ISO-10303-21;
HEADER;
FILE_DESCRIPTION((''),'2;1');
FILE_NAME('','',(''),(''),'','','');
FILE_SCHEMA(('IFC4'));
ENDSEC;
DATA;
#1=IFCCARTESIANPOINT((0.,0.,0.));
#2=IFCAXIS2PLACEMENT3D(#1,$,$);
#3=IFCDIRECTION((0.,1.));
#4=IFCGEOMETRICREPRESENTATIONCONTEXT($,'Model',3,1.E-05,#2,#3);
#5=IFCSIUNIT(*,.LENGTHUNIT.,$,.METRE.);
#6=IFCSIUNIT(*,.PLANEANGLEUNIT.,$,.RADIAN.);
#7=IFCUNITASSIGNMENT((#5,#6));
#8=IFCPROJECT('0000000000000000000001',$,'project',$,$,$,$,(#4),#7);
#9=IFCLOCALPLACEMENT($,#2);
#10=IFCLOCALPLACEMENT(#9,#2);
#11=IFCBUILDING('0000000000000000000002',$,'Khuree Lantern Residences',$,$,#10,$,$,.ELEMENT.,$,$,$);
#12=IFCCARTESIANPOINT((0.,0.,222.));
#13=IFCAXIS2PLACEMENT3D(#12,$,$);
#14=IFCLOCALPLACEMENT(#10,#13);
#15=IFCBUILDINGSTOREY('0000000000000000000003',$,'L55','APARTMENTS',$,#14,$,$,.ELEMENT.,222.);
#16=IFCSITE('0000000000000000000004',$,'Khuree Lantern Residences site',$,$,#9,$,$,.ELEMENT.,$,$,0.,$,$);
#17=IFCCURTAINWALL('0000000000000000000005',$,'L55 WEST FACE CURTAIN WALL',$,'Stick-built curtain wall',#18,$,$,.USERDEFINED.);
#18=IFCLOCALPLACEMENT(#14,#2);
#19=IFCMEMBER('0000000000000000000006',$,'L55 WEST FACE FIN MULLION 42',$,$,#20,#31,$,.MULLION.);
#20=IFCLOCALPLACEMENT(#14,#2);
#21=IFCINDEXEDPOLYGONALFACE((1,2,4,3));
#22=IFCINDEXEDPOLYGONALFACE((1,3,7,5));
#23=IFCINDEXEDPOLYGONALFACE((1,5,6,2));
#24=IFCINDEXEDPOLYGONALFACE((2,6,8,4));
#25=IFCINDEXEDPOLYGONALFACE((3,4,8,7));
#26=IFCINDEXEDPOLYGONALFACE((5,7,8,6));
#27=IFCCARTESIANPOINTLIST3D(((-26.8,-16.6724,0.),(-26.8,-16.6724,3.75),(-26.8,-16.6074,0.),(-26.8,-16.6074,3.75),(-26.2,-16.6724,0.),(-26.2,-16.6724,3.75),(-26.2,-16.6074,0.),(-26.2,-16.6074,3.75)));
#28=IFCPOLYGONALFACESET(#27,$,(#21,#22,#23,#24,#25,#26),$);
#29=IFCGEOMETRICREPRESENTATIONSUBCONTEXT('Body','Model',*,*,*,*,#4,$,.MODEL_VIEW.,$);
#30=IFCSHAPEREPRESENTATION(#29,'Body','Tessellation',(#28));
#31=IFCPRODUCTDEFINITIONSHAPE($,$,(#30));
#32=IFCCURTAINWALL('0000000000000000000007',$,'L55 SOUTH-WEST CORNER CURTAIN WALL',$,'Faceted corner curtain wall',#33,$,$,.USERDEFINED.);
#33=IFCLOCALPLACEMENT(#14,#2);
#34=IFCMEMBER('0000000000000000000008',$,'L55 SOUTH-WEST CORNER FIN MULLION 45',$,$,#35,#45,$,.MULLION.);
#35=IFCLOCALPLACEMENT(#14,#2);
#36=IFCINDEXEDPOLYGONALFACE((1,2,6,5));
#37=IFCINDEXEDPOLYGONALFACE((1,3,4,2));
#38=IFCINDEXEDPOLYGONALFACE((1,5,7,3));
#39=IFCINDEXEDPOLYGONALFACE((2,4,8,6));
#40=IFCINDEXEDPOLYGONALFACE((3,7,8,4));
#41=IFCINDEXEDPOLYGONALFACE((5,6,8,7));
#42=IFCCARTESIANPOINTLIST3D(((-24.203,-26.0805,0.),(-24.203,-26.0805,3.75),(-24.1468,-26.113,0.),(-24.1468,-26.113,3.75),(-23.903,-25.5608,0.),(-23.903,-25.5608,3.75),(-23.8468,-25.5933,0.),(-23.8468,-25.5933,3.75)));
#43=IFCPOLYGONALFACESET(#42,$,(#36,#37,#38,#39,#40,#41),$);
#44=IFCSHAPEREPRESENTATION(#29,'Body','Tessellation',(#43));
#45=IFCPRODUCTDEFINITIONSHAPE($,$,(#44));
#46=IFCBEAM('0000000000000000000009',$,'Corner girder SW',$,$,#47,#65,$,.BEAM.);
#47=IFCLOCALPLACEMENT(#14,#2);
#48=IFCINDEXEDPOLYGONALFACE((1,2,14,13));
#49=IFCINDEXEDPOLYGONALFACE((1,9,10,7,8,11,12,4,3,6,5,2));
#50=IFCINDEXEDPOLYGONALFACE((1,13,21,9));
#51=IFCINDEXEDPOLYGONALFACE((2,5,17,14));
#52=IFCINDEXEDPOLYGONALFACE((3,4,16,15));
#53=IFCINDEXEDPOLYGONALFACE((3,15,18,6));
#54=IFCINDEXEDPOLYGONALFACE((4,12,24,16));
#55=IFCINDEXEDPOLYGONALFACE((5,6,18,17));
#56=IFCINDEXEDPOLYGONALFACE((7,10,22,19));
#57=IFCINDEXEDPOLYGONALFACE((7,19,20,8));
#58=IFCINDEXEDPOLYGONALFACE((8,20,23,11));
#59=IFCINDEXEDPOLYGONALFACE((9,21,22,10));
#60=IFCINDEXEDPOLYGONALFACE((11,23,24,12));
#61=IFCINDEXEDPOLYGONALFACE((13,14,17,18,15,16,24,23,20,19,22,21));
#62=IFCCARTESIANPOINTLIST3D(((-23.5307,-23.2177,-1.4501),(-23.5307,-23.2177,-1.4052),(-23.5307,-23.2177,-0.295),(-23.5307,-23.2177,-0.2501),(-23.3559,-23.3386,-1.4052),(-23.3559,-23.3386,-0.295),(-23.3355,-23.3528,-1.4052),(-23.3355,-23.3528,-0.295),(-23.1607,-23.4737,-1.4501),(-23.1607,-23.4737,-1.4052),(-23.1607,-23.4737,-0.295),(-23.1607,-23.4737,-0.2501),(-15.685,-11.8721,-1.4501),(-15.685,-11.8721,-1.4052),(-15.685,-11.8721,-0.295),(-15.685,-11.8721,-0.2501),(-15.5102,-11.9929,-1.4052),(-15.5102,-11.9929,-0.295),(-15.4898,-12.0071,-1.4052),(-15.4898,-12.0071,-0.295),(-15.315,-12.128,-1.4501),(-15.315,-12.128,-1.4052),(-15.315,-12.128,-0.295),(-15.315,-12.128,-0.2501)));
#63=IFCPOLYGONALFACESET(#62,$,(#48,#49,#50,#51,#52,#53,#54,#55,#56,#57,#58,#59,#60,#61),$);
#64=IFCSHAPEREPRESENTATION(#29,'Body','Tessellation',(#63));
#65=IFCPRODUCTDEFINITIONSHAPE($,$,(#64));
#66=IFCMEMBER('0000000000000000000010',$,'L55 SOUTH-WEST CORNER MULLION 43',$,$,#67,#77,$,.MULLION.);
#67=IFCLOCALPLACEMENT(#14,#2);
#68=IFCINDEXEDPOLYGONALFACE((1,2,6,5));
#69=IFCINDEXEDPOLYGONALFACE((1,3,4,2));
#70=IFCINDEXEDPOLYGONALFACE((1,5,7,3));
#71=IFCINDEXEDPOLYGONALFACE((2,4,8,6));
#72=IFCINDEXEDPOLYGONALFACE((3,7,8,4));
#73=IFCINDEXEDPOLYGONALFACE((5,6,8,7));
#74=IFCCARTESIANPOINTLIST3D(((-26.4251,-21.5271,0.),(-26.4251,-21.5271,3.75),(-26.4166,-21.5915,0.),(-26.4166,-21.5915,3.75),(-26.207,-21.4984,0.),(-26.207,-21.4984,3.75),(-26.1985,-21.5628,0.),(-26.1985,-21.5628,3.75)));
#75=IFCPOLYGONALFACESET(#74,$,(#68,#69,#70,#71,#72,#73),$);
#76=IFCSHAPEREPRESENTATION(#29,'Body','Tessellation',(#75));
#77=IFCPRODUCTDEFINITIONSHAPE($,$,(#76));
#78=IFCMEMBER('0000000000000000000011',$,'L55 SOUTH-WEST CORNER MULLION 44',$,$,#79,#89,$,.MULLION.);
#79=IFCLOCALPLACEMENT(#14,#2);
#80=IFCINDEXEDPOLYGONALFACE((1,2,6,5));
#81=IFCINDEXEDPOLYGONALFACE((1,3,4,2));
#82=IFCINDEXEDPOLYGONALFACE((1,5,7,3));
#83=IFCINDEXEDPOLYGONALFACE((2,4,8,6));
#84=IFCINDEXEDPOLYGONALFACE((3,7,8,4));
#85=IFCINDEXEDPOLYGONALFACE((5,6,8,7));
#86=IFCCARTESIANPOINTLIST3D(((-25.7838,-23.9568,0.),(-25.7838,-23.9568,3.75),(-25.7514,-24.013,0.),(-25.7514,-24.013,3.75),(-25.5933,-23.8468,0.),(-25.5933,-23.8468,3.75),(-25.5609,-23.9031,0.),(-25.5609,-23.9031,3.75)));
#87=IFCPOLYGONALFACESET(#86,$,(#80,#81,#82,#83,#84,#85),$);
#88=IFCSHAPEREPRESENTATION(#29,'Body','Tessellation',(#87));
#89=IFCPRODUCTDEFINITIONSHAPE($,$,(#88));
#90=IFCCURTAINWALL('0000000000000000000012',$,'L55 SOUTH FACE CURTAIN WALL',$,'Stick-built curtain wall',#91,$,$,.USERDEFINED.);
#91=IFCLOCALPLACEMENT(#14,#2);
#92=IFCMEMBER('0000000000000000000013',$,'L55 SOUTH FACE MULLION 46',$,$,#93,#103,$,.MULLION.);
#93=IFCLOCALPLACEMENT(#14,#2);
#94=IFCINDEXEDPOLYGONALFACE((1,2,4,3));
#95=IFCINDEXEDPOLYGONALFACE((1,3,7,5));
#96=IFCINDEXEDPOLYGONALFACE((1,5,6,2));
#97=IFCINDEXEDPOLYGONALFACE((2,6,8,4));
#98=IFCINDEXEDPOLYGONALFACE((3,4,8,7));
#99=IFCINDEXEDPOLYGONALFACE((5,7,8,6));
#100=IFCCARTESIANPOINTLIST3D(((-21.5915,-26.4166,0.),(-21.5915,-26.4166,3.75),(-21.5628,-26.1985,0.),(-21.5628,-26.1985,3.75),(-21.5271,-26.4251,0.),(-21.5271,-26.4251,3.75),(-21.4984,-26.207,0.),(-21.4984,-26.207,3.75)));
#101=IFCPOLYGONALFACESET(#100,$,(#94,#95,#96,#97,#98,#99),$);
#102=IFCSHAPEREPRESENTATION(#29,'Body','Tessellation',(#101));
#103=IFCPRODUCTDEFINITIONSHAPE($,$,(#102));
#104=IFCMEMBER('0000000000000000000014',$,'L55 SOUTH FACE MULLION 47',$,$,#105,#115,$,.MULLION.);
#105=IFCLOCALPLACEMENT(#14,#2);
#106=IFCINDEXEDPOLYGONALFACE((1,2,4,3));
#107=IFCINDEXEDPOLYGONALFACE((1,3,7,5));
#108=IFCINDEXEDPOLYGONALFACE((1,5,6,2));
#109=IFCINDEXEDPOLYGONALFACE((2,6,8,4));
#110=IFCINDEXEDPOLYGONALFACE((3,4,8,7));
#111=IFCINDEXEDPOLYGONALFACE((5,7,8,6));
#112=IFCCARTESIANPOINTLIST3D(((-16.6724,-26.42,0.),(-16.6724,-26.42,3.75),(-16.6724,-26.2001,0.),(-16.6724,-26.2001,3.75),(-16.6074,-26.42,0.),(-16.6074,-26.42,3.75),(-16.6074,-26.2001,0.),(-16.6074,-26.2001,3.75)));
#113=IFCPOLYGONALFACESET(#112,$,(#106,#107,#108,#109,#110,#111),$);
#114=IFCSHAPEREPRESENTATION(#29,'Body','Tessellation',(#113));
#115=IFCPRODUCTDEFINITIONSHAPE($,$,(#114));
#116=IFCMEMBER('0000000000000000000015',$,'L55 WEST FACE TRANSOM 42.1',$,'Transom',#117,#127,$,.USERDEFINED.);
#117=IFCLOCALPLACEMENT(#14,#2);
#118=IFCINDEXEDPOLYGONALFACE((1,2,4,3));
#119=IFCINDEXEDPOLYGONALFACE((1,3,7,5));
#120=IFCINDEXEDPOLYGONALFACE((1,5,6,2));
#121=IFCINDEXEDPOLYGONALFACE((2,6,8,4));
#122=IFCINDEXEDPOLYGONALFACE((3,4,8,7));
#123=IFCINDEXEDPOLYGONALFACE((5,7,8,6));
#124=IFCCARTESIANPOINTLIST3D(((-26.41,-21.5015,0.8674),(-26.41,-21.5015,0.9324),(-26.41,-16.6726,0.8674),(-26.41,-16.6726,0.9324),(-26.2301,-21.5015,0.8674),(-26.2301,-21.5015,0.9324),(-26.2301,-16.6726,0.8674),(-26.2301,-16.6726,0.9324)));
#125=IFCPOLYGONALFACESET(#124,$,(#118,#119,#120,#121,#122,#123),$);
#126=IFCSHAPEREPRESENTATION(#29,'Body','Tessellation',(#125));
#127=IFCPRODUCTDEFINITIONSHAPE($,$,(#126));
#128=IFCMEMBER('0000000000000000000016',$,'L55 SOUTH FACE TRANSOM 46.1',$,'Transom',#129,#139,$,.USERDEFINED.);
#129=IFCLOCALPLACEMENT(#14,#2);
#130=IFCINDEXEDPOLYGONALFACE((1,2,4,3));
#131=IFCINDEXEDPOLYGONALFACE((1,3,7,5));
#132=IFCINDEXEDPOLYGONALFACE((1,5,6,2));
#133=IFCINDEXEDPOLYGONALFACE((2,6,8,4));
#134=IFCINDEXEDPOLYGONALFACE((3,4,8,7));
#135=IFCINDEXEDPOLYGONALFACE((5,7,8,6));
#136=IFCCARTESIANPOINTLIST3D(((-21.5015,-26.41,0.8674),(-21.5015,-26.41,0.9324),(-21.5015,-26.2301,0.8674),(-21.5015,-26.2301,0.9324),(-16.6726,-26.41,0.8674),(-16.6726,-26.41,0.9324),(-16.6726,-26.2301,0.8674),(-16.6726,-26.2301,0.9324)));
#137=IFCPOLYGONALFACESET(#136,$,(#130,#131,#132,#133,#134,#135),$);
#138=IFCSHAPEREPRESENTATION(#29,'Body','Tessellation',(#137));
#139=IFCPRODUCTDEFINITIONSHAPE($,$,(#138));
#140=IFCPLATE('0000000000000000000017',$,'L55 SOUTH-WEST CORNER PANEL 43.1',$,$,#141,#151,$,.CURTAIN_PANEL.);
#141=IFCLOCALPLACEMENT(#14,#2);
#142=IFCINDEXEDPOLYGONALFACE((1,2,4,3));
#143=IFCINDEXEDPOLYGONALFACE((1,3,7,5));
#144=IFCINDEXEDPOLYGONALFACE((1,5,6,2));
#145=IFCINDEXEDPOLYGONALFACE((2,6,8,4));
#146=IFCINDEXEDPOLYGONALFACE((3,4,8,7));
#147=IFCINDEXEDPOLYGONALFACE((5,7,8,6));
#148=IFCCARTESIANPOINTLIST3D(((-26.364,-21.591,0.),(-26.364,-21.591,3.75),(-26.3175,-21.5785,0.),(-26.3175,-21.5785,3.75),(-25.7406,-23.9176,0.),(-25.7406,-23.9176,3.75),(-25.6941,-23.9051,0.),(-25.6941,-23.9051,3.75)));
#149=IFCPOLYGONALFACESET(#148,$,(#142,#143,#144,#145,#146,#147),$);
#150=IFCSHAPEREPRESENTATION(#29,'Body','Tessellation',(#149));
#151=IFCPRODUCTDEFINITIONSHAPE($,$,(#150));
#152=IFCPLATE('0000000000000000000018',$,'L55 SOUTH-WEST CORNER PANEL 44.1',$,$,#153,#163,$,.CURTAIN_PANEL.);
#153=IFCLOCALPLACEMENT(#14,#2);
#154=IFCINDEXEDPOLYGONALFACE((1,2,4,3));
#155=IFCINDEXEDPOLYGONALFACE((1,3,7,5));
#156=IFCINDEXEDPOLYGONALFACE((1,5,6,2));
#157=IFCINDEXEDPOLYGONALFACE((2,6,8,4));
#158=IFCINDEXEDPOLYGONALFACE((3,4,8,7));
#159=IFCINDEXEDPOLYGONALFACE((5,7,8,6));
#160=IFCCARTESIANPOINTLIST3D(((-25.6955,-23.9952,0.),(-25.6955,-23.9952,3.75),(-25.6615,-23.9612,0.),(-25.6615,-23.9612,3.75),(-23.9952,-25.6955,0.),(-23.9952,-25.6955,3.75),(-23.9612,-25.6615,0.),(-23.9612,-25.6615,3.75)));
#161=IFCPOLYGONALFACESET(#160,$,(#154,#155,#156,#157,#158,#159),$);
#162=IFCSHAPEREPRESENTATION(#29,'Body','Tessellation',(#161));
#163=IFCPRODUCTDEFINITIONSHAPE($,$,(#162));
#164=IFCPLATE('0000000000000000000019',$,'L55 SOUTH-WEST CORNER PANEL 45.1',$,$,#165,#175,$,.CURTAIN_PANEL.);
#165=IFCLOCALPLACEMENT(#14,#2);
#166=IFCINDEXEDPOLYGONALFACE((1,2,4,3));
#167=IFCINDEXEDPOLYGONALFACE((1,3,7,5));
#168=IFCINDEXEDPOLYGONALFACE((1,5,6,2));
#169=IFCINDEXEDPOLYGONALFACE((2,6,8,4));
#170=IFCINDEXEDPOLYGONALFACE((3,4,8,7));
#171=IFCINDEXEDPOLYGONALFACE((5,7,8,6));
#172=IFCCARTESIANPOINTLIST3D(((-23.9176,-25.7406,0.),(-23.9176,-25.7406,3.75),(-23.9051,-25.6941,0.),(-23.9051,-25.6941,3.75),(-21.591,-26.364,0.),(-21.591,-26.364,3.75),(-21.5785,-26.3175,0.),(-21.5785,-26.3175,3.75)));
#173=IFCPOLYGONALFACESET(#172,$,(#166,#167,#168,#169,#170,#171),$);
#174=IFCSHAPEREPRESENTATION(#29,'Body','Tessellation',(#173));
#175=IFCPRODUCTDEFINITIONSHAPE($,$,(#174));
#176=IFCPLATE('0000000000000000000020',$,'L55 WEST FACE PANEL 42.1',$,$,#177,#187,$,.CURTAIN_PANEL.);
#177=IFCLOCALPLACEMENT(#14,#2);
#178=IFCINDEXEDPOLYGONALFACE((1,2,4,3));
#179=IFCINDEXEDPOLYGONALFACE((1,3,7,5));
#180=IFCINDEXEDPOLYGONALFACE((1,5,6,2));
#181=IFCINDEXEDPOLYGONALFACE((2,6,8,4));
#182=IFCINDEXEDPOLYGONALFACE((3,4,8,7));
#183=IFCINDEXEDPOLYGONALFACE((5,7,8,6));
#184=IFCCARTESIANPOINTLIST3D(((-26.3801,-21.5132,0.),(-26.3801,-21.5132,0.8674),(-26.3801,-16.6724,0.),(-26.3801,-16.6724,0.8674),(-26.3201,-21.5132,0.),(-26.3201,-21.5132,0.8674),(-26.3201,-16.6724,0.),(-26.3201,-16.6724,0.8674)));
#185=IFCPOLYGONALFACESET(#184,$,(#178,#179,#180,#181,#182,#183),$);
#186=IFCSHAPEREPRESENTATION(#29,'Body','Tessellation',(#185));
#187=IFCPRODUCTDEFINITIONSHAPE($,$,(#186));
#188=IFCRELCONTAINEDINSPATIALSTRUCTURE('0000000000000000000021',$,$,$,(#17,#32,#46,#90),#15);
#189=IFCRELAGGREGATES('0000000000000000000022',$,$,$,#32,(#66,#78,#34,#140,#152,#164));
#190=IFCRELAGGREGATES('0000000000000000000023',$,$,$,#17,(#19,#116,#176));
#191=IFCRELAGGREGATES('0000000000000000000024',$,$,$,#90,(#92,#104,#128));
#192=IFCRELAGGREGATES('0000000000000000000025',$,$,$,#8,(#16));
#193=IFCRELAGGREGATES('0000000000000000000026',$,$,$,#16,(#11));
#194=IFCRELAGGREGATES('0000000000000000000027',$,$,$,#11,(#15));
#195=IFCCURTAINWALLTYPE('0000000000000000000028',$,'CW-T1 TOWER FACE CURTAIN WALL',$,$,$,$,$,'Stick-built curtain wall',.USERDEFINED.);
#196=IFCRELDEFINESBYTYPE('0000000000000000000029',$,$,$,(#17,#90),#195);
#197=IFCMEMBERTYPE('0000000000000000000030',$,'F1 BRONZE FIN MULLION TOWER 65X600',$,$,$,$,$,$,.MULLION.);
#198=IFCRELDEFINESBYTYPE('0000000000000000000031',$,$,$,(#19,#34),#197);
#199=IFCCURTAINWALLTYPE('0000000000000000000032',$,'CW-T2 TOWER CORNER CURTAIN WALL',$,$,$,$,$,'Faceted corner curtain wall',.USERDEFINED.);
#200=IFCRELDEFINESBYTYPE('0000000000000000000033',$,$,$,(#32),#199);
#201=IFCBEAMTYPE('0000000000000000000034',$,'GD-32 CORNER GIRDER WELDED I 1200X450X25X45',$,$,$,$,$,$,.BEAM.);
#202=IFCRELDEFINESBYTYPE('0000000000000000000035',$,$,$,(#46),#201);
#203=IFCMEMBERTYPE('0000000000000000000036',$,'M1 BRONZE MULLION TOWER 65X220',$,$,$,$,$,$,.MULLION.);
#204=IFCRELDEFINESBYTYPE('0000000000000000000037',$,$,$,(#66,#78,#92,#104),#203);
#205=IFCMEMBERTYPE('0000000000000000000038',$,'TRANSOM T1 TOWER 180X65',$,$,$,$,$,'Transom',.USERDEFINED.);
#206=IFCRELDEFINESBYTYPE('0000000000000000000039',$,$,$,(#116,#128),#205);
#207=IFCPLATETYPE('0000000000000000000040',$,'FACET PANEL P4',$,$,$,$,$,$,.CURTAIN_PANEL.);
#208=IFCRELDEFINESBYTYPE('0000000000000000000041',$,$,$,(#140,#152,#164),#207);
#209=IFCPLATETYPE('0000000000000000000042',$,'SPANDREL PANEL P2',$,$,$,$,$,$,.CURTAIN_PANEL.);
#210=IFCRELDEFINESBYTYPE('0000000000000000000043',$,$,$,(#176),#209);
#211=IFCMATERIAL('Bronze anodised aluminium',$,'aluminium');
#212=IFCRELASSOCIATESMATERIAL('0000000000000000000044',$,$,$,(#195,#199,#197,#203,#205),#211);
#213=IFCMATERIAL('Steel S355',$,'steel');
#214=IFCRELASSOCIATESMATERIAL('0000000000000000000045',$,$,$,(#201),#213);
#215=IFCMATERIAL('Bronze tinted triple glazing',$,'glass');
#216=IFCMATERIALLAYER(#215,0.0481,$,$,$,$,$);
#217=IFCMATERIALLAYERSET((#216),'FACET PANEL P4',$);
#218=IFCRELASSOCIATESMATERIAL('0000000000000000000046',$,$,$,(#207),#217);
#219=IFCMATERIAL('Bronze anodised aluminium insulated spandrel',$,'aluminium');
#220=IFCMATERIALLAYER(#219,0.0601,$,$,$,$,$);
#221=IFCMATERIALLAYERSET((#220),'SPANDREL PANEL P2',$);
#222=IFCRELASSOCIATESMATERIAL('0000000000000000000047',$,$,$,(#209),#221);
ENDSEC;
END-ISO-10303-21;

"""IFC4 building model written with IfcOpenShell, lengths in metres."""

from ifc_helpers import new_model, si_unit, direction, frame, origin, origin_2d, place, context, subcontext, project, spatial, rectangle, i_section, extrude, material, layer, layer_set, material_profile, profile_set, type_object, element, aggregate, save


model = new_model("IFC4")

# Units and contexts
model_context = context("Model", 3, precision=1e-05, world=origin(), true_north=direction((0.0, 1.0)))
body_context = subcontext(model_context, "Body", "Model", "MODEL_VIEW")
ifc_project = project(units=[si_unit("LENGTHUNIT", "METRE"), si_unit("PLANEANGLEUNIT", "RADIAN")], contexts=[model_context])

# Site, building, storey
site_placement = place(None, origin())
site = spatial("IfcSite", under=ifc_project, at=site_placement, Name="Khuree Lantern Residences site", CompositionType="ELEMENT", RefElevation=0.0)
building_placement = place(site_placement, origin())
building = spatial("IfcBuilding", under=site, at=building_placement, Name="Khuree Lantern Residences", CompositionType="ELEMENT")
storey_placement = place(building_placement, frame((0.0, 0.0, 222.0)))
storey = spatial("IfcBuildingStorey", under=building, at=storey_placement, Name="L55", Description="APARTMENTS", CompositionType="ELEMENT", Elevation=222.0)

# Shared definitions
ifc_material_1 = material(Name="Steel S355", Category="steel")

# Curtain walls, members
ifc_material_2 = material(Name="Bronze anodised aluminium", Category="aluminium")
curtain_wall_type_1 = type_object("IfcCurtainWallType", Name="CW-T1 TOWER FACE CURTAIN WALL", ElementType="Stick-built curtain wall", PredefinedType="USERDEFINED", material=ifc_material_2)
curtain_wall_1_placement = place(storey_placement, origin())
curtain_wall_1 = element("IfcCurtainWall", 1, at=curtain_wall_1_placement, inside=storey, type_object=curtain_wall_type_1, Name="L55 WEST FACE CURTAIN WALL", ObjectType="Stick-built curtain wall", PredefinedType="USERDEFINED")
ifc_material_profile_1 = material_profile(ifc_material_2, rectangle(XDim=0.0649, YDim=0.6001, at=origin_2d()), Name="F1 65X600")
ifc_profile_set_1 = profile_set([ifc_material_profile_1], Name="Bronze anodised aluminium")
member_type_1 = type_object("IfcMemberType", Name="F1 BRONZE FIN MULLION TOWER 65X600", PredefinedType="MULLION", material=ifc_profile_set_1)
member_1_placement = place(storey_placement, frame((-26.5, -16.6399, 0.0), z_axis=(0.0, 0.0, 1.0), x_axis=(0.0, -1.0, 0.0)))
member_1 = element("IfcMember", 2, at=member_1_placement, type_object=member_type_1, Name="L55 WEST FACE FIN MULLION 42", PredefinedType="MULLION", context=body_context, shape_type="SweptSolid", body=[
    extrude(rectangle(XDim=0.0649, YDim=0.6001, at=origin_2d()), origin(), (0.0, 0.0, 1.0), 3.75),
])
curtain_wall_type_2 = type_object("IfcCurtainWallType", Name="CW-T2 TOWER CORNER CURTAIN WALL", ElementType="Faceted corner curtain wall", PredefinedType="USERDEFINED", material=ifc_material_2)
curtain_wall_2_placement = place(storey_placement, origin())
curtain_wall_2 = element("IfcCurtainWall", 3, at=curtain_wall_2_placement, inside=storey, type_object=curtain_wall_type_2, Name="L55 SOUTH-WEST CORNER CURTAIN WALL", ObjectType="Faceted corner curtain wall", PredefinedType="USERDEFINED")
member_2_placement = place(storey_placement, frame((-24.0249, -25.8369, 0.0), z_axis=(0.0, 0.0, 1.0), x_axis=(0.866025, -0.5, 0.0)))
member_2 = element("IfcMember", 4, at=member_2_placement, type_object=member_type_1, Name="L55 SOUTH-WEST CORNER FIN MULLION 45", PredefinedType="MULLION", context=body_context, shape_type="SweptSolid", body=[
    extrude(rectangle(XDim=0.0649, YDim=0.6001, at=origin_2d()), origin(), (0.0, 0.0, 1.0), 3.75),
])

# Beam
ifc_material_profile_2 = material_profile(ifc_material_1, i_section(OverallWidth=0.45, OverallDepth=1.2, WebThickness=0.0249, FlangeThickness=0.0449, at=origin_2d()), Name="WELDED I 1200X450X25X45")
ifc_profile_set_2 = profile_set([ifc_material_profile_2], Name="Steel S355")
beam_type_1 = type_object("IfcBeamType", Name="GD-32 CORNER GIRDER WELDED I 1200X450X25X45", PredefinedType="BEAM", material=ifc_profile_set_2)
beam_1_placement = place(storey_placement, frame((-23.3457, -23.3457, -0.8501), z_axis=(0.568768, 0.822498, 0.0), x_axis=(-0.822498, 0.568768, 0.0)))
element("IfcBeam", 5, at=beam_1_placement, inside=storey, type_object=beam_type_1, Name="Corner girder SW", PredefinedType="BEAM", context=body_context, shape_type="SweptSolid", body=[
    extrude(i_section(OverallWidth=0.45, OverallDepth=1.2, WebThickness=0.0249, FlangeThickness=0.0449, at=origin_2d()), origin(), (0.0, 0.0, 1.0), 13.7942),
])

# Members
ifc_material_profile_3 = material_profile(ifc_material_2, rectangle(XDim=0.0649, YDim=0.22, at=origin_2d()), Name="M1 65X220")
ifc_profile_set_3 = profile_set([ifc_material_profile_3], Name="Bronze anodised aluminium")
member_type_2 = type_object("IfcMemberType", Name="M1 BRONZE MULLION TOWER 65X220", PredefinedType="MULLION", material=ifc_profile_set_3)
member_3_placement = place(storey_placement, frame((-26.3118, -21.5449, 0.0), z_axis=(0.0, 0.0, 1.0), x_axis=(0.130526, -0.991445, 0.0)))
member_3 = element("IfcMember", 6, at=member_3_placement, type_object=member_type_2, Name="L55 SOUTH-WEST CORNER MULLION 43", PredefinedType="MULLION", context=body_context, shape_type="SweptSolid", body=[
    extrude(rectangle(XDim=0.0649, YDim=0.22, at=origin_2d()), origin(), (0.0, 0.0, 1.0), 3.75),
])
member_4_placement = place(storey_placement, frame((-25.6724, -23.9299, 0.0), z_axis=(0.0, 0.0, 1.0), x_axis=(0.5, -0.866025, 0.0)))
member_4 = element("IfcMember", 7, at=member_4_placement, type_object=member_type_2, Name="L55 SOUTH-WEST CORNER MULLION 44", PredefinedType="MULLION", context=body_context, shape_type="SweptSolid", body=[
    extrude(rectangle(XDim=0.0649, YDim=0.22, at=origin_2d()), origin(), (0.0, 0.0, 1.0), 3.75),
])

# Curtain wall, members
curtain_wall_3_placement = place(storey_placement, origin())
curtain_wall_3 = element("IfcCurtainWall", 8, at=curtain_wall_3_placement, inside=storey, type_object=curtain_wall_type_1, Name="L55 SOUTH FACE CURTAIN WALL", ObjectType="Stick-built curtain wall", PredefinedType="USERDEFINED")
member_5_placement = place(storey_placement, frame((-21.5449, -26.3118, 0.0), z_axis=(0.0, 0.0, 1.0), x_axis=(0.991445, -0.130526, 0.0)))
member_5 = element("IfcMember", 9, at=member_5_placement, type_object=member_type_2, Name="L55 SOUTH FACE MULLION 46", PredefinedType="MULLION", context=body_context, shape_type="SweptSolid", body=[
    extrude(rectangle(XDim=0.0649, YDim=0.22, at=origin_2d()), origin(), (0.0, 0.0, 1.0), 3.75),
])
member_6_placement = place(storey_placement, frame((-16.6399, -26.3101, 0.0), z_axis=(0.0, 0.0, 1.0), x_axis=(1.0, 0.0, 0.0)))
member_6 = element("IfcMember", 10, at=member_6_placement, type_object=member_type_2, Name="L55 SOUTH FACE MULLION 47", PredefinedType="MULLION", context=body_context, shape_type="SweptSolid", body=[
    extrude(rectangle(XDim=0.0649, YDim=0.22, at=origin_2d()), origin(), (0.0, 0.0, 1.0), 3.75),
])

# Members
ifc_material_profile_4 = material_profile(ifc_material_2, rectangle(XDim=0.1799, YDim=0.0649, at=origin_2d()), Name="T1 180X65")
ifc_profile_set_4 = profile_set([ifc_material_profile_4], Name="Bronze anodised aluminium")
member_type_3 = type_object("IfcMemberType", Name="TRANSOM T1 TOWER 180X65", ElementType="Transom", PredefinedType="USERDEFINED", material=ifc_profile_set_4)
member_7_placement = place(storey_placement, frame((-26.3201, -16.6726, 0.8999), z_axis=(0.0, -1.0, 0.0), x_axis=(1.0, 0.0, 0.0)))
member_7 = element("IfcMember", 11, at=member_7_placement, type_object=member_type_3, Name="L55 WEST FACE TRANSOM 42.1", ObjectType="Transom", PredefinedType="USERDEFINED", context=body_context, shape_type="SweptSolid", body=[
    extrude(rectangle(XDim=0.1799, YDim=0.0649, at=origin_2d()), origin(), (0.0, 0.0, 1.0), 4.8289),
])
member_8_placement = place(storey_placement, frame((-21.5015, -26.3201, 0.8999), z_axis=(1.0, 0.0, 0.0), x_axis=(0.0, 1.0, 0.0)))
member_8 = element("IfcMember", 12, at=member_8_placement, type_object=member_type_3, Name="L55 SOUTH FACE TRANSOM 46.1", ObjectType="Transom", PredefinedType="USERDEFINED", context=body_context, shape_type="SweptSolid", body=[
    extrude(rectangle(XDim=0.1799, YDim=0.0649, at=origin_2d()), origin(), (0.0, 0.0, 1.0), 4.8289),
])

# Plates
ifc_material_3 = material(Name="Bronze tinted triple glazing", Category="glass")
ifc_layer_1 = layer(ifc_material_3, 0.0481)
ifc_layer_set_1 = layer_set([ifc_layer_1], Name="FACET PANEL P4")
plate_type_1 = type_object("IfcPlateType", Name="FACET PANEL P4", PredefinedType="CURTAIN_PANEL", material=ifc_layer_set_1)
plate_1_placement = place(storey_placement, frame((-26.0291, -22.748, 0.0), z_axis=(0.0, 0.0, 1.0), x_axis=(0.258819, -0.965926, 0.0)))
plate_1 = element("IfcPlate", 13, at=plate_1_placement, type_object=plate_type_1, Name="L55 SOUTH-WEST CORNER PANEL 43.1", PredefinedType="CURTAIN_PANEL", context=body_context, shape_type="SweptSolid", body=[
    extrude(rectangle(XDim=2.4087, YDim=0.0481, at=origin_2d()), origin(), (0.0, 0.0, 1.0), 3.75),
])
plate_2_placement = place(storey_placement, frame((-24.8284, -24.8284, 0.0), z_axis=(0.0, 0.0, 1.0), x_axis=(0.707107, -0.707107, 0.0)))
plate_2 = element("IfcPlate", 14, at=plate_2_placement, type_object=plate_type_1, Name="L55 SOUTH-WEST CORNER PANEL 44.1", PredefinedType="CURTAIN_PANEL", context=body_context, shape_type="SweptSolid", body=[
    extrude(rectangle(XDim=2.4045, YDim=0.0481, at=origin_2d()), origin(), (0.0, 0.0, 1.0), 3.75),
])
plate_3_placement = place(storey_placement, frame((-22.748, -26.0291, 0.0), z_axis=(0.0, 0.0, 1.0), x_axis=(0.965926, -0.258819, 0.0)))
plate_3 = element("IfcPlate", 15, at=plate_3_placement, type_object=plate_type_1, Name="L55 SOUTH-WEST CORNER PANEL 45.1", PredefinedType="CURTAIN_PANEL", context=body_context, shape_type="SweptSolid", body=[
    extrude(rectangle(XDim=2.4087, YDim=0.0481, at=origin_2d()), origin(), (0.0, 0.0, 1.0), 3.75),
])
aggregate(curtain_wall_2, [member_3, member_4, member_2, plate_1, plate_2, plate_3])
ifc_material_4 = material(Name="Bronze anodised aluminium insulated spandrel", Category="aluminium")
ifc_layer_2 = layer(ifc_material_4, 0.0601)
ifc_layer_set_2 = layer_set([ifc_layer_2], Name="SPANDREL PANEL P2")
plate_type_2 = type_object("IfcPlateType", Name="SPANDREL PANEL P2", PredefinedType="CURTAIN_PANEL", material=ifc_layer_set_2)
plate_4_placement = place(storey_placement, frame((-26.3501, -19.0928, 0.0), z_axis=(0.0, 0.0, 1.0), x_axis=(0.0, -1.0, 0.0)))
plate_4 = element("IfcPlate", 16, at=plate_4_placement, type_object=plate_type_2, Name="L55 WEST FACE PANEL 42.1", PredefinedType="CURTAIN_PANEL", context=body_context, shape_type="SweptSolid", body=[
    extrude(rectangle(XDim=4.8408, YDim=0.0601, at=origin_2d()), origin(), (0.0, 0.0, 1.0), 0.8674),
])
aggregate(curtain_wall_1, [member_1, member_7, plate_4])
aggregate(curtain_wall_3, [member_5, member_6, member_8])

save(model, "model.ifc")
